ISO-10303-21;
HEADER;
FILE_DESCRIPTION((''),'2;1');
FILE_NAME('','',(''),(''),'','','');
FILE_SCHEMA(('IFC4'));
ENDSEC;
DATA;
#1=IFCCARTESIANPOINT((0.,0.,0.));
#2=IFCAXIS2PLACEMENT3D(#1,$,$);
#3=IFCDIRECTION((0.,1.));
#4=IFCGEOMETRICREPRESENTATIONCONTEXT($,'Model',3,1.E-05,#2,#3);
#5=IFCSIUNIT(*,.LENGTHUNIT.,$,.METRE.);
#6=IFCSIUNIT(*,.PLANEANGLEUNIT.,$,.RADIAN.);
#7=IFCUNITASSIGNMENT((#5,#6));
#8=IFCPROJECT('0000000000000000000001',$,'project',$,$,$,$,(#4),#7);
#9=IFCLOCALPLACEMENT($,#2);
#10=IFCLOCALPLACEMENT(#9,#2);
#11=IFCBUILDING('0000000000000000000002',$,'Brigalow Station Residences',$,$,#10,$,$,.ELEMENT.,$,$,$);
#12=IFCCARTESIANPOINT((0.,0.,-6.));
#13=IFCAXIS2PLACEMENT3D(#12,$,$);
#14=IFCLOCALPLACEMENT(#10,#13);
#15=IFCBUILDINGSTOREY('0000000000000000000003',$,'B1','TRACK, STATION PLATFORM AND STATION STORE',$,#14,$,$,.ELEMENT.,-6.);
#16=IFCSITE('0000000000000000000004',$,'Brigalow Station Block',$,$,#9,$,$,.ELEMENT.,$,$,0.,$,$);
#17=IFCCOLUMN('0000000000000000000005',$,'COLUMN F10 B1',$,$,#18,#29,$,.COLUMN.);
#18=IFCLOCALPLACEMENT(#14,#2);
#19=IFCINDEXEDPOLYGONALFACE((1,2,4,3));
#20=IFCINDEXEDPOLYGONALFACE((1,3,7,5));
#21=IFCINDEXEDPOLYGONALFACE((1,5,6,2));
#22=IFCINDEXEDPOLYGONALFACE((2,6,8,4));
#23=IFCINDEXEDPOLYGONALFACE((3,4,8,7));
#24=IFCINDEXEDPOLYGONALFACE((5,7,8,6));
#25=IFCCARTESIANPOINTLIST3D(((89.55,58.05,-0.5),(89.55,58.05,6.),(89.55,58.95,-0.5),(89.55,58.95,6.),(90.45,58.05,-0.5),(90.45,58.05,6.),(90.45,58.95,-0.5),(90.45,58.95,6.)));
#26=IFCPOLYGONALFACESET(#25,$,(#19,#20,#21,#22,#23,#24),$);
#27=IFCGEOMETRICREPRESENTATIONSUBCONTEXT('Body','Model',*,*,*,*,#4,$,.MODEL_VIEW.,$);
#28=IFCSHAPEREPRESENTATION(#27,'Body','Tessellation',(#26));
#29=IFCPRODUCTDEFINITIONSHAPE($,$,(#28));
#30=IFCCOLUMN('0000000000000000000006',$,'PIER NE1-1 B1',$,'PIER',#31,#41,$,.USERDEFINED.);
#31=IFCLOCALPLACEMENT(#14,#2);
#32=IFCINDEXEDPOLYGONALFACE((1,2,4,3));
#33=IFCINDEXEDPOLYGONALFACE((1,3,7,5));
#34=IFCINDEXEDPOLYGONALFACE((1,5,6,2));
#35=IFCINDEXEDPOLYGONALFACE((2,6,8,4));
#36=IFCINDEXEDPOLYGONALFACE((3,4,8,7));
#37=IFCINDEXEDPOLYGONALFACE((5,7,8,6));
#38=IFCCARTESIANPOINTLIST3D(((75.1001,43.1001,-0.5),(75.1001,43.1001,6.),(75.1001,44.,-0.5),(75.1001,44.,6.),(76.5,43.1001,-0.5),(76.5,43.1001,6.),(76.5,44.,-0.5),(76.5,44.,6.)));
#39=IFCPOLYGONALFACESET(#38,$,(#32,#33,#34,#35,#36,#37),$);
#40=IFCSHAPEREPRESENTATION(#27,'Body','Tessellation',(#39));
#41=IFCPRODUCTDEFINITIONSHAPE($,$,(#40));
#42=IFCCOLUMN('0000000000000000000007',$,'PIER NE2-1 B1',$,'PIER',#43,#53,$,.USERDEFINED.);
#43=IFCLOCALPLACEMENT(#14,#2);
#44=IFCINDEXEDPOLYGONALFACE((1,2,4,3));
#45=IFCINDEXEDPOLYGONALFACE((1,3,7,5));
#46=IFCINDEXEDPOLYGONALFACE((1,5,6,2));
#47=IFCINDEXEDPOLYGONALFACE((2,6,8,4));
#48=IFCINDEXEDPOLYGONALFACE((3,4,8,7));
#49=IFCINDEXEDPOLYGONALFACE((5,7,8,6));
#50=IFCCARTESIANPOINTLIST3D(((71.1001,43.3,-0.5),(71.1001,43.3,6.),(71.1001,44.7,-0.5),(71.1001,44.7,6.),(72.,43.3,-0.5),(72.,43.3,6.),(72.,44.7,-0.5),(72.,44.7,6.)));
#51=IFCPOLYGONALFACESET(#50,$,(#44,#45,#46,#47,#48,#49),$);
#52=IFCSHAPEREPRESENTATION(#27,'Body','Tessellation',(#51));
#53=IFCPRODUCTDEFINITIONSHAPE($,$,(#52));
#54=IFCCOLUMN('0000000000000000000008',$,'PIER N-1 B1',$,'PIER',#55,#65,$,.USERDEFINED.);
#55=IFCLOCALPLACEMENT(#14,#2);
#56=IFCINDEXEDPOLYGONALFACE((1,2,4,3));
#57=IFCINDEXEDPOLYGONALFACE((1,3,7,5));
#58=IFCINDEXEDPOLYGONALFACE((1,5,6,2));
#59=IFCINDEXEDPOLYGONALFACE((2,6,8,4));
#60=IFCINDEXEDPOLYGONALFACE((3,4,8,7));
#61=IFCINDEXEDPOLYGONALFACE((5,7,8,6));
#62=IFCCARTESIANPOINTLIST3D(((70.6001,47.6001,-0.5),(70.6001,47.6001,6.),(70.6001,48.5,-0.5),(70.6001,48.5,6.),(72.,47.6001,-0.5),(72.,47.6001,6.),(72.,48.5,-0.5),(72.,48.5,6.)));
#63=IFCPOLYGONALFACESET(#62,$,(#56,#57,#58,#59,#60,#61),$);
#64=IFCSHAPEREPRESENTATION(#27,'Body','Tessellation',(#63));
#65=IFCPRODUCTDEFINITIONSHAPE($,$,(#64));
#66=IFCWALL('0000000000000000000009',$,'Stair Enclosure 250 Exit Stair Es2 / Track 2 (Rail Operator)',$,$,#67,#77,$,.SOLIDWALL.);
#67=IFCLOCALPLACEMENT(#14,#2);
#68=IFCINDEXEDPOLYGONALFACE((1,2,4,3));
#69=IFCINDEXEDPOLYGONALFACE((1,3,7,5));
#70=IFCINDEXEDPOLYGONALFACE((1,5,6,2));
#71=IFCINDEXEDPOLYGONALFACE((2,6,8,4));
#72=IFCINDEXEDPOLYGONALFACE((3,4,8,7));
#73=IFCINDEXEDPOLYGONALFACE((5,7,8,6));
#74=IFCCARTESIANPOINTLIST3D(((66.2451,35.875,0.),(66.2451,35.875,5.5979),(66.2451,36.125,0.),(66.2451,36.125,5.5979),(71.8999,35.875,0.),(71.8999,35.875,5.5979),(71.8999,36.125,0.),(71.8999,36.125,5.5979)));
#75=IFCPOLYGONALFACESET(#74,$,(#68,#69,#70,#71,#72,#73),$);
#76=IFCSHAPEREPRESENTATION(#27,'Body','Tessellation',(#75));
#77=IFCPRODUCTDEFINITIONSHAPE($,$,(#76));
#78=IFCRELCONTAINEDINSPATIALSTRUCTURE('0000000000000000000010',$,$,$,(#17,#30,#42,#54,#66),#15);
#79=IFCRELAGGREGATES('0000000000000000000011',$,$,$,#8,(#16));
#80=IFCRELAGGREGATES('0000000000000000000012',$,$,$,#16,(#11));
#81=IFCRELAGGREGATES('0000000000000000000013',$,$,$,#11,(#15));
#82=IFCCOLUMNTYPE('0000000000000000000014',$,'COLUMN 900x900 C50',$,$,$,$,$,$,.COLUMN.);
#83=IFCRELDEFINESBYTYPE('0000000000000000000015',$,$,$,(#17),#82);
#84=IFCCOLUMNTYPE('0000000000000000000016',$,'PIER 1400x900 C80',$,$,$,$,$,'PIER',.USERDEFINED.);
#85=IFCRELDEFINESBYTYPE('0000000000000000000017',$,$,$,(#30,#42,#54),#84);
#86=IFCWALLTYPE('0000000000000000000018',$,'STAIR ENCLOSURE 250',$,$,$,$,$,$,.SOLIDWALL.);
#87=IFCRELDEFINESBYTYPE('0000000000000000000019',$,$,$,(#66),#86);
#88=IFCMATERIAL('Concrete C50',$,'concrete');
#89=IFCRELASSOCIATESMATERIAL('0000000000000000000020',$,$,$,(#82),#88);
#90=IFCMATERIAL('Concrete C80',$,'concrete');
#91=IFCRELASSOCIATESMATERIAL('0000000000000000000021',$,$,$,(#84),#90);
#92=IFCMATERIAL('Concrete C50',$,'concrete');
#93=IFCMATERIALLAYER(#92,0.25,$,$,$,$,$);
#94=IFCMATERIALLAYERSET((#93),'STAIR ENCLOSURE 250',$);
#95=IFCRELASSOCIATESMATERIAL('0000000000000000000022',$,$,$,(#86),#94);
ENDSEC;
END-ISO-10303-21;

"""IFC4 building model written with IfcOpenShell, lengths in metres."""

from ifc_helpers import new_model, si_unit, direction, frame, frame_2d, origin, origin_2d, place, context, subcontext, project, spatial, rectangle, extrude, material, layer, layer_set, material_profile, profile_set, type_object, element, save


model = new_model("IFC4")

# Units and contexts
model_context = context("Model", 3, precision=1e-05, world=origin(), true_north=direction((0.0, 1.0)))
body_context = subcontext(model_context, "Body", "Model", "MODEL_VIEW")
ifc_project = project(units=[si_unit("LENGTHUNIT", "METRE"), si_unit("PLANEANGLEUNIT", "RADIAN")], contexts=[model_context])

# Site, building, storey
site_placement = place(None, origin())
site = spatial("IfcSite", under=ifc_project, at=site_placement, Name="Brigalow Station Block", CompositionType="ELEMENT", RefElevation=0.0)
building_placement = place(site_placement, origin())
building = spatial("IfcBuilding", under=site, at=building_placement, Name="Brigalow Station Residences", CompositionType="ELEMENT")
storey_placement = place(building_placement, frame((0.0, 0.0, -6.0)))
storey = spatial("IfcBuildingStorey", under=building, at=storey_placement, Name="B1", Description="TRACK, STATION PLATFORM AND STATION STORE", CompositionType="ELEMENT", Elevation=-6.0)

# Columns
ifc_material_1 = material(Name="Concrete C50", Category="concrete")
ifc_material_profile_1 = material_profile(ifc_material_1, rectangle(XDim=0.8999, YDim=0.8999, at=origin_2d()), Name="RC900x900")
ifc_profile_set_1 = profile_set([ifc_material_profile_1], Name="Concrete C50")
column_type_1 = type_object("IfcColumnType", Name="COLUMN 900x900 C50", PredefinedType="COLUMN", material=ifc_profile_set_1)
for number, where, z_axis, x_axis, name in (
    (1, (90.0, 58.5, -0.5), (0.0, 0.0, 1.0), (1.0, 0.0, 0.0), "COLUMN F10 B1"),
):
    element("IfcColumn", number, at=place(storey_placement, frame(where, z_axis=z_axis, x_axis=x_axis)), inside=storey, type_object=column_type_1, Name=name, PredefinedType="COLUMN", context=body_context, shape_type="SweptSolid", body=[
        extrude(rectangle(XDim=0.8999, YDim=0.8999, at=origin_2d()), origin(), (0.0, 0.0, 1.0), 6.5),
    ])
ifc_material_2 = material(Name="Concrete C80", Category="concrete")
ifc_material_profile_2 = material_profile(ifc_material_2, rectangle(XDim=1.3999, YDim=0.8999, at=origin_2d()), Name="RC1400x900")
ifc_profile_set_2 = profile_set([ifc_material_profile_2], Name="Concrete C80")
column_type_2 = type_object("IfcColumnType", Name="PIER 1400x900 C80", ElementType="PIER", PredefinedType="USERDEFINED", material=ifc_profile_set_2)
for number, where, z_axis, x_axis, name in (
    (2, (75.8, 43.55, -0.5), (0.0, 0.0, 1.0), (-1.0, 0.0, 0.0), "PIER NE1-1 B1"),
    (3, (71.55, 44.0, -0.5), (0.0, 0.0, 1.0), (0.0, 1.0, 0.0), "PIER NE2-1 B1"),
    (4, (71.3, 48.05, -0.5), (0.0, 0.0, 1.0), (-1.0, 0.0, 0.0), "PIER N-1 B1"),
):
    element("IfcColumn", number, at=place(storey_placement, frame(where, z_axis=z_axis, x_axis=x_axis)), inside=storey, type_object=column_type_2, Name=name, ObjectType="PIER", PredefinedType="USERDEFINED", context=body_context, shape_type="SweptSolid", body=[
        extrude(rectangle(XDim=1.3999, YDim=0.8999, at=origin_2d()), origin(), (0.0, 0.0, 1.0), 6.5),
    ])

# Wall
ifc_material_3 = material(Name="Concrete C50", Category="concrete")
ifc_layer = layer(ifc_material_3, 0.25)
ifc_layer_set = layer_set([ifc_layer], Name="STAIR ENCLOSURE 250")
wall_type = type_object("IfcWallType", Name="STAIR ENCLOSURE 250", PredefinedType="SOLIDWALL", material=ifc_layer_set)
wall_placement = place(storey_placement, frame((66.2451, 36.0, 0.0), z_axis=(0.0, 0.0, 1.0), x_axis=(1.0, 0.0, 0.0)))
element("IfcWall", 5, at=wall_placement, inside=storey, type_object=wall_type, Name="Stair Enclosure 250 Exit Stair Es2 / Track 2 (Rail Operator)", PredefinedType="SOLIDWALL", context=body_context, shape_type="SweptSolid", body=[
    extrude(rectangle(XDim=5.6548, YDim=0.25, at=frame_2d((2.8274, 0.0))), origin(), (0.0, 0.0, 1.0), 5.5979),
])

save(model, "model.ifc")
